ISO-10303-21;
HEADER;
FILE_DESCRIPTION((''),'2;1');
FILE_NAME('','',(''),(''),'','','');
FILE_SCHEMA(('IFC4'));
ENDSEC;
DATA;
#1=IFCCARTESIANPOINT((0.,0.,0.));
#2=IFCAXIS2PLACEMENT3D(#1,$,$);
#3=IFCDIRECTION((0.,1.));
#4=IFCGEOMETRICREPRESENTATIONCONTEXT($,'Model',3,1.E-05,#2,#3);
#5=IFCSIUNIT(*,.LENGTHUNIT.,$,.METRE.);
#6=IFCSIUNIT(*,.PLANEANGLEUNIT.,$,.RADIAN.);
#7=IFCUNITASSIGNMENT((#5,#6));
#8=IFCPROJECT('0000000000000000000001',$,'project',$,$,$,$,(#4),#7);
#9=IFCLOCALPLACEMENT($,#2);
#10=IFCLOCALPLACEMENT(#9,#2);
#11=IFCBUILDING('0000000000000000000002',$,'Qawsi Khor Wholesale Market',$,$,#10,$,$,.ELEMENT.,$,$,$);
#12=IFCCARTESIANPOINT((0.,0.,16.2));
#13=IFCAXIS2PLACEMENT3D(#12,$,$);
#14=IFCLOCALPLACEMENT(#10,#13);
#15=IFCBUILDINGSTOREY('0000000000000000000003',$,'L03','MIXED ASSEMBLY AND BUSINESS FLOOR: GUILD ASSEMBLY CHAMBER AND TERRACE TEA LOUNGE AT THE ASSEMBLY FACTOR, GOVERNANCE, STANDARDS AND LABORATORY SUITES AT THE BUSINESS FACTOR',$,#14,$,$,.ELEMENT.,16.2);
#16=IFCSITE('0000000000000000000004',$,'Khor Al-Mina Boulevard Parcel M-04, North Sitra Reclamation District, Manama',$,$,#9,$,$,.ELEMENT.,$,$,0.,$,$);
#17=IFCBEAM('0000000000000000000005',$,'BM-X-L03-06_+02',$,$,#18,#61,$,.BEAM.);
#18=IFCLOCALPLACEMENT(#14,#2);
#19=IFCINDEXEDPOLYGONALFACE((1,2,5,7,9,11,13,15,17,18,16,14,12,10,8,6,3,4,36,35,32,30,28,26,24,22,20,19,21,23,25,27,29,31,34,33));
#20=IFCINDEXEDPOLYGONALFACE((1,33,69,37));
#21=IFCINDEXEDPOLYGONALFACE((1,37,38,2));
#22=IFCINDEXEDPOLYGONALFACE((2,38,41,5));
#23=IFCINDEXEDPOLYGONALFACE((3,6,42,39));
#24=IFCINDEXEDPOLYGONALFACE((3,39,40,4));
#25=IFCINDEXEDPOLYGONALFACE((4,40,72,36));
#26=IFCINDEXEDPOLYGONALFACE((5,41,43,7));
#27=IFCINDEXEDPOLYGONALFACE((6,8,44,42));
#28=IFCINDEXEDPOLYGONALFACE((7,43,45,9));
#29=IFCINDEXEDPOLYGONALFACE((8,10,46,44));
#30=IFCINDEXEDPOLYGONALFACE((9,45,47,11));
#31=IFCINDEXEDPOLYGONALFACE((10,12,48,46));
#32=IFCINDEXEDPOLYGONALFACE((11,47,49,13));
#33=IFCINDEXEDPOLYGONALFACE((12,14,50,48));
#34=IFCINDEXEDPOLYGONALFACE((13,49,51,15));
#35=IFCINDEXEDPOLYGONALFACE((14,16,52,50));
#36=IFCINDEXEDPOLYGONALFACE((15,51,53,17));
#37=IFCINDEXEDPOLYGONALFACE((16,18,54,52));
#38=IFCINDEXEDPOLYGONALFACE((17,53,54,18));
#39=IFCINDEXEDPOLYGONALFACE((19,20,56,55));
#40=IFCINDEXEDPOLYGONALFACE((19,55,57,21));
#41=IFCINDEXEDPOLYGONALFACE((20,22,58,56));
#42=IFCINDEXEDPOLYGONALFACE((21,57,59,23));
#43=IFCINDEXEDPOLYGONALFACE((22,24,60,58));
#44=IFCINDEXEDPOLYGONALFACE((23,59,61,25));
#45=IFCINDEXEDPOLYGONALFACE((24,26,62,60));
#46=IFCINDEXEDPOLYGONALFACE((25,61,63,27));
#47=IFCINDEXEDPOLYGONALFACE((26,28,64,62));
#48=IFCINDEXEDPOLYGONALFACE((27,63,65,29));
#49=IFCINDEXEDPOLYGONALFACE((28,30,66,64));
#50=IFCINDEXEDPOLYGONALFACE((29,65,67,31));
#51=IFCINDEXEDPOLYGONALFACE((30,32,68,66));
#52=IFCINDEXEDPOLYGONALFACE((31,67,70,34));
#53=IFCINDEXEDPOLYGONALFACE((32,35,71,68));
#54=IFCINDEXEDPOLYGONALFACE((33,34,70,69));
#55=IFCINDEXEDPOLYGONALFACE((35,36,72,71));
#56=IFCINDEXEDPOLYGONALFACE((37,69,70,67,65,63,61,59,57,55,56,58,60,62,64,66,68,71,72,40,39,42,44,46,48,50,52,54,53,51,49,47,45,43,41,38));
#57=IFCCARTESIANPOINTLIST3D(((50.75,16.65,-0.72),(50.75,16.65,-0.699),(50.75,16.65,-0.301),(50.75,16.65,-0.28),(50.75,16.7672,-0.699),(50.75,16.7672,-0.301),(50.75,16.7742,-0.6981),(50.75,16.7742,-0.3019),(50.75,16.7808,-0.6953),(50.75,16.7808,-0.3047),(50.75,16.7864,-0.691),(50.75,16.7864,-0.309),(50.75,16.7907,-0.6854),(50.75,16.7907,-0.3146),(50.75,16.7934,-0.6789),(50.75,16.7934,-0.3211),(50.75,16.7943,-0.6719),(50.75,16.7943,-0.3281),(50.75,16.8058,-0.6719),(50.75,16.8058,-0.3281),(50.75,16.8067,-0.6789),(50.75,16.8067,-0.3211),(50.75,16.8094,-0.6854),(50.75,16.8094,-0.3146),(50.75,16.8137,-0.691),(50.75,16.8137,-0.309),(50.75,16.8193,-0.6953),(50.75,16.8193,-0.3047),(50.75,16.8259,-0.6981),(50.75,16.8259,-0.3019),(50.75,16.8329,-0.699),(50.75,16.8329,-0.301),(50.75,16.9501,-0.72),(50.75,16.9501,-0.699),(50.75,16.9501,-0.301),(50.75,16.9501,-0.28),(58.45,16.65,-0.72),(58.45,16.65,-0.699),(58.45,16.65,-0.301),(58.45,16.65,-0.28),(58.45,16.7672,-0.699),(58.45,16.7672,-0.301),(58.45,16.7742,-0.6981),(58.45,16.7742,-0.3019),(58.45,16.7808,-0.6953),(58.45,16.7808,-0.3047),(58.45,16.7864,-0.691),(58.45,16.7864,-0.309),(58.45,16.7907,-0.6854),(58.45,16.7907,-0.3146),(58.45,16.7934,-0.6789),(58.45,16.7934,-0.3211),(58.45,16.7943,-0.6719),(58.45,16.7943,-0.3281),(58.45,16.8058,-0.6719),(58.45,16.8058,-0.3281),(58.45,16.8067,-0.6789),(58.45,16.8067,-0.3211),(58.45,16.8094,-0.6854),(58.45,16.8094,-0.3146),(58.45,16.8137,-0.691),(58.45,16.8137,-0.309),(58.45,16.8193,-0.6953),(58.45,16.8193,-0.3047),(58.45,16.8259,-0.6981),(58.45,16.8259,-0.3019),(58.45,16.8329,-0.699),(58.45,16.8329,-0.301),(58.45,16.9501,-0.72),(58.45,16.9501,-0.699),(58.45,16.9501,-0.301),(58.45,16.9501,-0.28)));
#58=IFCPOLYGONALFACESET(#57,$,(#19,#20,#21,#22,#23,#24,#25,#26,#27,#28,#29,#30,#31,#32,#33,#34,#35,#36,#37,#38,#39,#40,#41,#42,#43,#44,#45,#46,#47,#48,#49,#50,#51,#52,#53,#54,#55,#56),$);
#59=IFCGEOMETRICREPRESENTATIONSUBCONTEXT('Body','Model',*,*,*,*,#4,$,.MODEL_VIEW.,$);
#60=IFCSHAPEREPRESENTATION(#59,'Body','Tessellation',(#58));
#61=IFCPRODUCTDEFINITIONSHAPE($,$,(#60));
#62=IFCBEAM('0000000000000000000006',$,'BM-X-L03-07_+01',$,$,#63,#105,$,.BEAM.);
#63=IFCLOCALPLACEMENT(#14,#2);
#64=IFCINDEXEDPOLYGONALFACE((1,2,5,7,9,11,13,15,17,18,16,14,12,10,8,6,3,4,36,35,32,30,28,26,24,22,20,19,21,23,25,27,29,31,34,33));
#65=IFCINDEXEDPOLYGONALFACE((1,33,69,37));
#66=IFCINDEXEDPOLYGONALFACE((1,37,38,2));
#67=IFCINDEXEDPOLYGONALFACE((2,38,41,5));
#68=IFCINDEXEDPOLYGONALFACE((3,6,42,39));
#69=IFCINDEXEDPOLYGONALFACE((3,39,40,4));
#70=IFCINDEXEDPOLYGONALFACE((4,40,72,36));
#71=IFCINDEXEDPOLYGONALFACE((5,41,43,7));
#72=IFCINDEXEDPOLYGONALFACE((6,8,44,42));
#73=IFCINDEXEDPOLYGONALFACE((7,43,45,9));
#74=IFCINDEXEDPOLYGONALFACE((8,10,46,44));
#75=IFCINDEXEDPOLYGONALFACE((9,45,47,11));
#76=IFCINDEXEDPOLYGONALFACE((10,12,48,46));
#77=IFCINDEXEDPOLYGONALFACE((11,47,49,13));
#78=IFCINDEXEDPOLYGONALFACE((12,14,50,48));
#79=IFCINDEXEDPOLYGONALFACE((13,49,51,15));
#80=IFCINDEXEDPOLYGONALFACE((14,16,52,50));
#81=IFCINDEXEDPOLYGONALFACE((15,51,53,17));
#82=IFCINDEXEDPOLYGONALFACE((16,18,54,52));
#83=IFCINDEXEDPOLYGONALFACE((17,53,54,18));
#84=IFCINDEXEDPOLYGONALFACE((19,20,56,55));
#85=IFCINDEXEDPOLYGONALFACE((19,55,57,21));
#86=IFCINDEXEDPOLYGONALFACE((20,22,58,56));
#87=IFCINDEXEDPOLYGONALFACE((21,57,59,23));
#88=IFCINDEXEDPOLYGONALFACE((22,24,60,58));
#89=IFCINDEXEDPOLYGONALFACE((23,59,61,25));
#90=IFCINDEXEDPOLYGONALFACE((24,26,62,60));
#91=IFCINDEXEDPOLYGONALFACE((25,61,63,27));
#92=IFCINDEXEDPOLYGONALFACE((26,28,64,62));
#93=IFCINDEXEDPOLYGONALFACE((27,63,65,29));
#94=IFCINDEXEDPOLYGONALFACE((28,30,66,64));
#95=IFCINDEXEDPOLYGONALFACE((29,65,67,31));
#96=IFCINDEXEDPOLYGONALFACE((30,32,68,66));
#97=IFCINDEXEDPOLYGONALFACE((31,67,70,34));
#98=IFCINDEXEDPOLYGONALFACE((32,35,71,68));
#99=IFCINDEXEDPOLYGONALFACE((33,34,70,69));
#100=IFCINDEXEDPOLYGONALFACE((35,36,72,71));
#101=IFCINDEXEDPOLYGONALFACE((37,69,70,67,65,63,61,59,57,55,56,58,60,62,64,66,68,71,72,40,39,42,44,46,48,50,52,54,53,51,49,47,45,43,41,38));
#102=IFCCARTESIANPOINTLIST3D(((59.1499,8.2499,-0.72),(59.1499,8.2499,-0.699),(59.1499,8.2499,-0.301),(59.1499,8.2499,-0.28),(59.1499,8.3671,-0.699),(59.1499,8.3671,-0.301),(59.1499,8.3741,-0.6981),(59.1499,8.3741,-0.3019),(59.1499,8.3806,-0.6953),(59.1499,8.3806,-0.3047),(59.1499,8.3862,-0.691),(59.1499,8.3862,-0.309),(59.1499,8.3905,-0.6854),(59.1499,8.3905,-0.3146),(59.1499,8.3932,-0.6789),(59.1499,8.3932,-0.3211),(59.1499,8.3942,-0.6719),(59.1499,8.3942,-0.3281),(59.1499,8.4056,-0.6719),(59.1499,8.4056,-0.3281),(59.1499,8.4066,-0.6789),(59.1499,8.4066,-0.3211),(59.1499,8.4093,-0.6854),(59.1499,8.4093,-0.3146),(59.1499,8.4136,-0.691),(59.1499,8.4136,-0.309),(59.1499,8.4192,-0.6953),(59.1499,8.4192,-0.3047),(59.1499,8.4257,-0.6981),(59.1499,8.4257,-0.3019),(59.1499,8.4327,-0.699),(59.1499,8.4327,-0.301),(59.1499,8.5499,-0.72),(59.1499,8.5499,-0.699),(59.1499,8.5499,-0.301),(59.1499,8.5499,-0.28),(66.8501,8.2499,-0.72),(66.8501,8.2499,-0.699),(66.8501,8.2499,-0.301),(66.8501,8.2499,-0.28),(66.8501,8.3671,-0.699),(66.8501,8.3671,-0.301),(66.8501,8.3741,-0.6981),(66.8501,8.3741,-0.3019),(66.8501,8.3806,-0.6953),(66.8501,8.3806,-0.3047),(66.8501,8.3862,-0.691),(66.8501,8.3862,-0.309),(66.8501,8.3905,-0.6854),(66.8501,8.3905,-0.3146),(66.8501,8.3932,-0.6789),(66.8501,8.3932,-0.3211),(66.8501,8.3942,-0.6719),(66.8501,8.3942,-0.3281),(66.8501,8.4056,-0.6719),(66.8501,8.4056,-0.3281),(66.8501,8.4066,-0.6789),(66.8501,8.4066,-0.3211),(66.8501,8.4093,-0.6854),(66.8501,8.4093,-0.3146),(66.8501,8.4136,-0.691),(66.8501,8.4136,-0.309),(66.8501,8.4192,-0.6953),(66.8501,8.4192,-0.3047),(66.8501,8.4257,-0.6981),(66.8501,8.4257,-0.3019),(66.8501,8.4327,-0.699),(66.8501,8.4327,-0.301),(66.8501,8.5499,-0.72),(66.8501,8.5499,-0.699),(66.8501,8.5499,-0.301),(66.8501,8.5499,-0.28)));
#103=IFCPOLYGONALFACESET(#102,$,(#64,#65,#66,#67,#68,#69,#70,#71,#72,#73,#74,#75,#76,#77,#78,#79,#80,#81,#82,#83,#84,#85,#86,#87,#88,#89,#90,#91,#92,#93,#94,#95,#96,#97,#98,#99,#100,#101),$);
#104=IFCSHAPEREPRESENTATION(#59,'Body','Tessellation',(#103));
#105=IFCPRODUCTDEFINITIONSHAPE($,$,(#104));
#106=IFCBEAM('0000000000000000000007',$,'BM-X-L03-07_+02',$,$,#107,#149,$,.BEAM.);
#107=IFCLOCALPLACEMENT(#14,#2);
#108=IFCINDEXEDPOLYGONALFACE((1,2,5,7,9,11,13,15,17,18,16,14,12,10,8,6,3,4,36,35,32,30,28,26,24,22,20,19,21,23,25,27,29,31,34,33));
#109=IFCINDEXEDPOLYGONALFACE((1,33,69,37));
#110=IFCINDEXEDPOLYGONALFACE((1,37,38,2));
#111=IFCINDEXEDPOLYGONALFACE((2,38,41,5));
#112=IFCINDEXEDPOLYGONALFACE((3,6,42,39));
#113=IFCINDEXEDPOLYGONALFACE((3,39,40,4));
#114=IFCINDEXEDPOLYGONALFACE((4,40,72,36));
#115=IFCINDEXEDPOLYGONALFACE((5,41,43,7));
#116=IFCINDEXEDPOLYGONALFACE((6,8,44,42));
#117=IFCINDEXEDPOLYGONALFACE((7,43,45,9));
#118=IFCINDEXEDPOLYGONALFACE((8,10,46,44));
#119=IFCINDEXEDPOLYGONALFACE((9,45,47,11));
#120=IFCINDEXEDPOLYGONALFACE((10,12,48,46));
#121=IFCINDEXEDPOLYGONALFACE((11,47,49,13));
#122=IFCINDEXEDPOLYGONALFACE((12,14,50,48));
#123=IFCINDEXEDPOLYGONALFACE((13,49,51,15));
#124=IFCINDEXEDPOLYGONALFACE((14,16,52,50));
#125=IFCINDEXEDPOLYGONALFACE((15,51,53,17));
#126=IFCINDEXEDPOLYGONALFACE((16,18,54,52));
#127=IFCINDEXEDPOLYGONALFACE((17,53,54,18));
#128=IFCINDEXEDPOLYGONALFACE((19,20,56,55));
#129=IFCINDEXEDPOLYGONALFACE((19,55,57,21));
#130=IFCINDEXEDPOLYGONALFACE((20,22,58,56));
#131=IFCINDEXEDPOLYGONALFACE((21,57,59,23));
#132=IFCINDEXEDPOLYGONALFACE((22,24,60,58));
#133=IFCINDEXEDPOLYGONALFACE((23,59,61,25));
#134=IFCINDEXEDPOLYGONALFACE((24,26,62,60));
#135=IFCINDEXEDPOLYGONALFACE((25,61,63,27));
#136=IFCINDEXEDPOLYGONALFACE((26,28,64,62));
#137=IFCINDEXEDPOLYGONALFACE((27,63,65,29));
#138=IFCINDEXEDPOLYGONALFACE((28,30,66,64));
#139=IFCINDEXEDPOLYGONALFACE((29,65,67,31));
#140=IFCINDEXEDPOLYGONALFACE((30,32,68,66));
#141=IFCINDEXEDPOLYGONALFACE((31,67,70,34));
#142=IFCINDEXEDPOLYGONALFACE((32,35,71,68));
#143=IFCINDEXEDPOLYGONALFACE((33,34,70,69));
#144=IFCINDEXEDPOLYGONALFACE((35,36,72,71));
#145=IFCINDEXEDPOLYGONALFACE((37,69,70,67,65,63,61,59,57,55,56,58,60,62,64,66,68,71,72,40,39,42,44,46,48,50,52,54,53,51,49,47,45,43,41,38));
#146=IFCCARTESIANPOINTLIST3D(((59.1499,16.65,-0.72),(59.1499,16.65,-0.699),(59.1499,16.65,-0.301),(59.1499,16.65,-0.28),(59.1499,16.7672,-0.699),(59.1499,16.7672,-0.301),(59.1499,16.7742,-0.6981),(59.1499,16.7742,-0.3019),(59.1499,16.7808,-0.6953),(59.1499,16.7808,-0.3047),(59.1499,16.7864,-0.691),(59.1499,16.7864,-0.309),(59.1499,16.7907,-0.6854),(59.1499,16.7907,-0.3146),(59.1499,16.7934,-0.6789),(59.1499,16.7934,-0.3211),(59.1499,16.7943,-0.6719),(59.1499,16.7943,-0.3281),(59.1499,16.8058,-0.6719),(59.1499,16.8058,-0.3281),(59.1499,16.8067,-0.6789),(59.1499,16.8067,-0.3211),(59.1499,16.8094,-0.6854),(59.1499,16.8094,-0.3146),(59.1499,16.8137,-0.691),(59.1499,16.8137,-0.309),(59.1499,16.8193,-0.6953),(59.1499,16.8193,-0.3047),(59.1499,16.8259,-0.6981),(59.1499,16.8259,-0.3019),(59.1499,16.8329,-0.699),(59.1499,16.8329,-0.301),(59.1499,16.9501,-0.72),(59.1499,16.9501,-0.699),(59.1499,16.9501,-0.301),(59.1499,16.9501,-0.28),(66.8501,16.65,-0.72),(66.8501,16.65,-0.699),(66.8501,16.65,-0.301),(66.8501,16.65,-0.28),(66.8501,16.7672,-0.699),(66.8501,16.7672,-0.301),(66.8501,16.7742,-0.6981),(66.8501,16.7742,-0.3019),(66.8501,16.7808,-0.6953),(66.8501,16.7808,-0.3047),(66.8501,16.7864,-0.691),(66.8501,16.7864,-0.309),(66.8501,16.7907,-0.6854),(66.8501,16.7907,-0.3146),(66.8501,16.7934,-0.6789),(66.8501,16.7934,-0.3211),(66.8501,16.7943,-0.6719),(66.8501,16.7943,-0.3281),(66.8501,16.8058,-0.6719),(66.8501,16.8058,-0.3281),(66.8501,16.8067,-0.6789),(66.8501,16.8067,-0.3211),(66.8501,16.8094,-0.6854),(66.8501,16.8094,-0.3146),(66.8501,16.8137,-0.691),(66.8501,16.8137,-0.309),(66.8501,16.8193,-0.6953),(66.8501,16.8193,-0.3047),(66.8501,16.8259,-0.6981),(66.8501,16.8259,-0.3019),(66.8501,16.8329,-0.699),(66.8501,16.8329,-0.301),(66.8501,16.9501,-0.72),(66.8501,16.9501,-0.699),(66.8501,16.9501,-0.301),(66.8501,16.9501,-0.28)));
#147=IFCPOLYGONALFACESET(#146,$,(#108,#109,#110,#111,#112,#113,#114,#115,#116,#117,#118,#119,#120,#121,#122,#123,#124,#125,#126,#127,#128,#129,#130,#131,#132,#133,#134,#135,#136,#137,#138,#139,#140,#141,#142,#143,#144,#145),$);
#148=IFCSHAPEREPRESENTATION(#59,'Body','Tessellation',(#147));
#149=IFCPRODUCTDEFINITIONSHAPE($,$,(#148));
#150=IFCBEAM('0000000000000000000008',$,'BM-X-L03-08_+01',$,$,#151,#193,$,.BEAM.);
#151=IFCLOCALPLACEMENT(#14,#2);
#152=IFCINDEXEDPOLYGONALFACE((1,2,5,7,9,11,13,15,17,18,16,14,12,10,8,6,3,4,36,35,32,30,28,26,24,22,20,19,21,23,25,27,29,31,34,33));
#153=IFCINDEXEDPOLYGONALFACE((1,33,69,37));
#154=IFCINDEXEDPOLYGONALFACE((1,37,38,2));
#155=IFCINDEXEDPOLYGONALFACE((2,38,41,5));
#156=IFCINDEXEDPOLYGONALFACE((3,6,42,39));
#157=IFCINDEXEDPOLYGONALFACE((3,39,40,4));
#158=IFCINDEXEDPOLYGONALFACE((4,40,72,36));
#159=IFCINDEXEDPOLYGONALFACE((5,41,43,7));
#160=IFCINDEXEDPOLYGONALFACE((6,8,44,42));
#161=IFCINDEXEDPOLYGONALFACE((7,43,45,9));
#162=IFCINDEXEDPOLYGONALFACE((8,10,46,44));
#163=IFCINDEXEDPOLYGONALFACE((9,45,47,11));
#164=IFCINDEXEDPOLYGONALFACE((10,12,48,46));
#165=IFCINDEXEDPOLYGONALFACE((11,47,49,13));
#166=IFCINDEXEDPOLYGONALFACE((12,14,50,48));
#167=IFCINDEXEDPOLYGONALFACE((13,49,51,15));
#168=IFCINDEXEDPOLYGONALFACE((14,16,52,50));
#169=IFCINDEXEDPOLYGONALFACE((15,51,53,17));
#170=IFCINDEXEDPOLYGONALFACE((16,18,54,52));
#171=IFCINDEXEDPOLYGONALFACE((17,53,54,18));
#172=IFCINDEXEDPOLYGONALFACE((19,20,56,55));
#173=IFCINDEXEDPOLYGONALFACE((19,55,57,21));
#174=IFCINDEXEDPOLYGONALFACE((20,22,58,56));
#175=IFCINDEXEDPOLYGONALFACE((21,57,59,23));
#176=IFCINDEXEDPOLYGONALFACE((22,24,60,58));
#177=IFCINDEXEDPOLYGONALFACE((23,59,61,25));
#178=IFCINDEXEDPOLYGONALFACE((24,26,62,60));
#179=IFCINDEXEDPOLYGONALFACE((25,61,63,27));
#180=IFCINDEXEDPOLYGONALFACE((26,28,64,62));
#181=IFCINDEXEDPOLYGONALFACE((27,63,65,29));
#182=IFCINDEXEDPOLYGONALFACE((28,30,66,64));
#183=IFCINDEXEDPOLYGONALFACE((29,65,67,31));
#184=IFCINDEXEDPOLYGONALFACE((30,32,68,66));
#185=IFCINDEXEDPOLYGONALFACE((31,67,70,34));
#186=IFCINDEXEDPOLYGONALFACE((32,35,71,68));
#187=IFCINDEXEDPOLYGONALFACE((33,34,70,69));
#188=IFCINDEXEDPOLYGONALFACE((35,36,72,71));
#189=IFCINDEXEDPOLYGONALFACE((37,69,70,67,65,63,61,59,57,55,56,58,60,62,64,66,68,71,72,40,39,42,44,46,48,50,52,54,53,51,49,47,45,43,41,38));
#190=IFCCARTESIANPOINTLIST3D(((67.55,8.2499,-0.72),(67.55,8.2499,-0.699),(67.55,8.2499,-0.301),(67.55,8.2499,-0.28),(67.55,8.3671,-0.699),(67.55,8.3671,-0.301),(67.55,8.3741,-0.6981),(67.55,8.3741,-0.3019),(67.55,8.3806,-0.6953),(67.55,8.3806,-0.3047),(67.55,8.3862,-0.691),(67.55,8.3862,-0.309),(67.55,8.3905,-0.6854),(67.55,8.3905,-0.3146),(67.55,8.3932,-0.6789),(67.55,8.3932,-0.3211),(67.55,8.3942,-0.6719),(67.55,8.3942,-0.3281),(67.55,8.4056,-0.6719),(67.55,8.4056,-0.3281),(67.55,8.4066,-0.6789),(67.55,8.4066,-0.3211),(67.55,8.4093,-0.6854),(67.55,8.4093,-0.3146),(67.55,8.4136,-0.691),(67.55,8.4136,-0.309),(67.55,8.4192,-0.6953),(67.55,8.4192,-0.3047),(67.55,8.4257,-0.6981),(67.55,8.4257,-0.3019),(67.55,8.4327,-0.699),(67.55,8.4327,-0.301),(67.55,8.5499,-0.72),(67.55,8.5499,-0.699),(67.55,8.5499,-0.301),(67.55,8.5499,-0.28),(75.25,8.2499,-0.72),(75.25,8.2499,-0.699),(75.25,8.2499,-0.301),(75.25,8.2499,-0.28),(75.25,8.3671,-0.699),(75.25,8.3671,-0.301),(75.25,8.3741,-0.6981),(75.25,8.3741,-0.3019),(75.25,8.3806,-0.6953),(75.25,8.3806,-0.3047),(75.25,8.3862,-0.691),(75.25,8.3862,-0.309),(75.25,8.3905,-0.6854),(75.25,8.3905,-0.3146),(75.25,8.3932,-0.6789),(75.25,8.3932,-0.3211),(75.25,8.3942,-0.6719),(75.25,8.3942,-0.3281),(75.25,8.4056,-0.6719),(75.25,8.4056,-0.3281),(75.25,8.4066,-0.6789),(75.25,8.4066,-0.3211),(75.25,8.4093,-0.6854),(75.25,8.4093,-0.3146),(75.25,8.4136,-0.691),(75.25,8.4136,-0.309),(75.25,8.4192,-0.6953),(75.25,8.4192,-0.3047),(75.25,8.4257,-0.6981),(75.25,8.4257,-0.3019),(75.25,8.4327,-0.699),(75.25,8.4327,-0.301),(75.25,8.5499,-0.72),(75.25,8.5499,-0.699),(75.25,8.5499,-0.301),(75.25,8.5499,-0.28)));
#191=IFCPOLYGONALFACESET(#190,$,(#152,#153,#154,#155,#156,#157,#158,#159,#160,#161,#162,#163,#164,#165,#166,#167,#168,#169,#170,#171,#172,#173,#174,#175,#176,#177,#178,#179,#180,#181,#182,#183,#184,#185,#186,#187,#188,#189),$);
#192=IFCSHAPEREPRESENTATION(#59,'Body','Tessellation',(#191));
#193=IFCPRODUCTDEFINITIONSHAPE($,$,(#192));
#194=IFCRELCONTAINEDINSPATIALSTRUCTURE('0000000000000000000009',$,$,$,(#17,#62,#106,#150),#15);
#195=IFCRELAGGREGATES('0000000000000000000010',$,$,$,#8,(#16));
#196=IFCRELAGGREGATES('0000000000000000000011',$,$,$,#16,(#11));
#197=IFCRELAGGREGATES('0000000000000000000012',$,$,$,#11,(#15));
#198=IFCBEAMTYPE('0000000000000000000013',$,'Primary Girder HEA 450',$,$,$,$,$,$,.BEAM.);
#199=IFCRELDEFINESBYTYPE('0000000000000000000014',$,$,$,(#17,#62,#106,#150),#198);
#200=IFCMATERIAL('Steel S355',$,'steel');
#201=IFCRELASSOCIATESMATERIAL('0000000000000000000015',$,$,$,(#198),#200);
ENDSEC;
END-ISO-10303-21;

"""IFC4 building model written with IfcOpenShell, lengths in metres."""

from ifc_helpers import new_model, si_unit, direction, frame, origin, origin_2d, place, context, subcontext, project, spatial, i_section, extrude, material, material_profile, profile_set, type_object, element, save


model = new_model("IFC4")

# Units and contexts
model_context = context("Model", 3, precision=1e-05, world=origin(), true_north=direction((0.0, 1.0)))
body_context = subcontext(model_context, "Body", "Model", "MODEL_VIEW")
ifc_project = project(units=[si_unit("LENGTHUNIT", "METRE"), si_unit("PLANEANGLEUNIT", "RADIAN")], contexts=[model_context])

# Site, building, storey
site_placement = place(None, origin())
site = spatial("IfcSite", under=ifc_project, at=site_placement, Name="Khor Al-Mina Boulevard Parcel M-04, North Sitra Reclamation District, Manama", CompositionType="ELEMENT", RefElevation=0.0)
building_placement = place(site_placement, origin())
building = spatial("IfcBuilding", under=site, at=building_placement, Name="Qawsi Khor Wholesale Market", CompositionType="ELEMENT")
storey_placement = place(building_placement, frame((0.0, 0.0, 16.2)))
storey = spatial("IfcBuildingStorey", under=building, at=storey_placement, Name="L03", Description="MIXED ASSEMBLY AND BUSINESS FLOOR: GUILD ASSEMBLY CHAMBER AND TERRACE TEA LOUNGE AT THE ASSEMBLY FACTOR, GOVERNANCE, STANDARDS AND LABORATORY SUITES AT THE BUSINESS FACTOR", CompositionType="ELEMENT", Elevation=16.2)

# Beams
ifc_material_1 = material(Name="Steel S355", Category="steel")
ifc_material_profile_1 = material_profile(ifc_material_1, i_section(OverallWidth=0.3, OverallDepth=0.4399, WebThickness=0.0115, FlangeThickness=0.021, FilletRadius=0.0271, at=origin_2d()), Name="HEA 450")
ifc_profile_set_1 = profile_set([ifc_material_profile_1], Name="Steel S355")
beam_type_1 = type_object("IfcBeamType", Name="Primary Girder HEA 450", PredefinedType="BEAM", material=ifc_profile_set_1)
for number, where, z_axis, x_axis, name in (
    (1, (50.75, 16.8, -0.5), (1.0, 0.0, 0.0), (0.0, 1.0, 0.0), "BM-X-L03-06_+02"),
):
    element("IfcBeam", number, at=place(storey_placement, frame(where, z_axis=z_axis, x_axis=x_axis)), inside=storey, type_object=beam_type_1, Name=name, PredefinedType="BEAM", context=body_context, shape_type="SweptSolid", body=[
        extrude(i_section(OverallWidth=0.3, OverallDepth=0.4399, WebThickness=0.0115, FlangeThickness=0.021, FilletRadius=0.0271, at=origin_2d()), origin(), (0.0, 0.0, 1.0), 7.7),
    ])
for number, where, z_axis, x_axis, name in (
    (2, (59.1499, 8.3999, -0.5), (1.0, 0.0, 0.0), (0.0, 1.0, 0.0), "BM-X-L03-07_+01"),
    (3, (59.1499, 16.8, -0.5), (1.0, 0.0, 0.0), (0.0, 1.0, 0.0), "BM-X-L03-07_+02"),
):
    element("IfcBeam", number, at=place(storey_placement, frame(where, z_axis=z_axis, x_axis=x_axis)), inside=storey, type_object=beam_type_1, Name=name, PredefinedType="BEAM", context=body_context, shape_type="SweptSolid", body=[
        extrude(i_section(OverallWidth=0.3, OverallDepth=0.4399, WebThickness=0.0115, FlangeThickness=0.021, FilletRadius=0.0271, at=origin_2d()), origin(), (0.0, 0.0, 1.0), 7.7002),
    ])
beam_1_placement = place(storey_placement, frame((67.55, 8.3999, -0.5), z_axis=(1.0, 0.0, 0.0), x_axis=(0.0, 1.0, 0.0)))
element("IfcBeam", 4, at=beam_1_placement, inside=storey, type_object=beam_type_1, Name="BM-X-L03-08_+01", PredefinedType="BEAM", context=body_context, shape_type="SweptSolid", body=[
    extrude(i_section(OverallWidth=0.3, OverallDepth=0.4399, WebThickness=0.0115, FlangeThickness=0.021, FilletRadius=0.0271, at=origin_2d()), origin(), (0.0, 0.0, 1.0), 7.7),
])

save(model, "model.ifc")
